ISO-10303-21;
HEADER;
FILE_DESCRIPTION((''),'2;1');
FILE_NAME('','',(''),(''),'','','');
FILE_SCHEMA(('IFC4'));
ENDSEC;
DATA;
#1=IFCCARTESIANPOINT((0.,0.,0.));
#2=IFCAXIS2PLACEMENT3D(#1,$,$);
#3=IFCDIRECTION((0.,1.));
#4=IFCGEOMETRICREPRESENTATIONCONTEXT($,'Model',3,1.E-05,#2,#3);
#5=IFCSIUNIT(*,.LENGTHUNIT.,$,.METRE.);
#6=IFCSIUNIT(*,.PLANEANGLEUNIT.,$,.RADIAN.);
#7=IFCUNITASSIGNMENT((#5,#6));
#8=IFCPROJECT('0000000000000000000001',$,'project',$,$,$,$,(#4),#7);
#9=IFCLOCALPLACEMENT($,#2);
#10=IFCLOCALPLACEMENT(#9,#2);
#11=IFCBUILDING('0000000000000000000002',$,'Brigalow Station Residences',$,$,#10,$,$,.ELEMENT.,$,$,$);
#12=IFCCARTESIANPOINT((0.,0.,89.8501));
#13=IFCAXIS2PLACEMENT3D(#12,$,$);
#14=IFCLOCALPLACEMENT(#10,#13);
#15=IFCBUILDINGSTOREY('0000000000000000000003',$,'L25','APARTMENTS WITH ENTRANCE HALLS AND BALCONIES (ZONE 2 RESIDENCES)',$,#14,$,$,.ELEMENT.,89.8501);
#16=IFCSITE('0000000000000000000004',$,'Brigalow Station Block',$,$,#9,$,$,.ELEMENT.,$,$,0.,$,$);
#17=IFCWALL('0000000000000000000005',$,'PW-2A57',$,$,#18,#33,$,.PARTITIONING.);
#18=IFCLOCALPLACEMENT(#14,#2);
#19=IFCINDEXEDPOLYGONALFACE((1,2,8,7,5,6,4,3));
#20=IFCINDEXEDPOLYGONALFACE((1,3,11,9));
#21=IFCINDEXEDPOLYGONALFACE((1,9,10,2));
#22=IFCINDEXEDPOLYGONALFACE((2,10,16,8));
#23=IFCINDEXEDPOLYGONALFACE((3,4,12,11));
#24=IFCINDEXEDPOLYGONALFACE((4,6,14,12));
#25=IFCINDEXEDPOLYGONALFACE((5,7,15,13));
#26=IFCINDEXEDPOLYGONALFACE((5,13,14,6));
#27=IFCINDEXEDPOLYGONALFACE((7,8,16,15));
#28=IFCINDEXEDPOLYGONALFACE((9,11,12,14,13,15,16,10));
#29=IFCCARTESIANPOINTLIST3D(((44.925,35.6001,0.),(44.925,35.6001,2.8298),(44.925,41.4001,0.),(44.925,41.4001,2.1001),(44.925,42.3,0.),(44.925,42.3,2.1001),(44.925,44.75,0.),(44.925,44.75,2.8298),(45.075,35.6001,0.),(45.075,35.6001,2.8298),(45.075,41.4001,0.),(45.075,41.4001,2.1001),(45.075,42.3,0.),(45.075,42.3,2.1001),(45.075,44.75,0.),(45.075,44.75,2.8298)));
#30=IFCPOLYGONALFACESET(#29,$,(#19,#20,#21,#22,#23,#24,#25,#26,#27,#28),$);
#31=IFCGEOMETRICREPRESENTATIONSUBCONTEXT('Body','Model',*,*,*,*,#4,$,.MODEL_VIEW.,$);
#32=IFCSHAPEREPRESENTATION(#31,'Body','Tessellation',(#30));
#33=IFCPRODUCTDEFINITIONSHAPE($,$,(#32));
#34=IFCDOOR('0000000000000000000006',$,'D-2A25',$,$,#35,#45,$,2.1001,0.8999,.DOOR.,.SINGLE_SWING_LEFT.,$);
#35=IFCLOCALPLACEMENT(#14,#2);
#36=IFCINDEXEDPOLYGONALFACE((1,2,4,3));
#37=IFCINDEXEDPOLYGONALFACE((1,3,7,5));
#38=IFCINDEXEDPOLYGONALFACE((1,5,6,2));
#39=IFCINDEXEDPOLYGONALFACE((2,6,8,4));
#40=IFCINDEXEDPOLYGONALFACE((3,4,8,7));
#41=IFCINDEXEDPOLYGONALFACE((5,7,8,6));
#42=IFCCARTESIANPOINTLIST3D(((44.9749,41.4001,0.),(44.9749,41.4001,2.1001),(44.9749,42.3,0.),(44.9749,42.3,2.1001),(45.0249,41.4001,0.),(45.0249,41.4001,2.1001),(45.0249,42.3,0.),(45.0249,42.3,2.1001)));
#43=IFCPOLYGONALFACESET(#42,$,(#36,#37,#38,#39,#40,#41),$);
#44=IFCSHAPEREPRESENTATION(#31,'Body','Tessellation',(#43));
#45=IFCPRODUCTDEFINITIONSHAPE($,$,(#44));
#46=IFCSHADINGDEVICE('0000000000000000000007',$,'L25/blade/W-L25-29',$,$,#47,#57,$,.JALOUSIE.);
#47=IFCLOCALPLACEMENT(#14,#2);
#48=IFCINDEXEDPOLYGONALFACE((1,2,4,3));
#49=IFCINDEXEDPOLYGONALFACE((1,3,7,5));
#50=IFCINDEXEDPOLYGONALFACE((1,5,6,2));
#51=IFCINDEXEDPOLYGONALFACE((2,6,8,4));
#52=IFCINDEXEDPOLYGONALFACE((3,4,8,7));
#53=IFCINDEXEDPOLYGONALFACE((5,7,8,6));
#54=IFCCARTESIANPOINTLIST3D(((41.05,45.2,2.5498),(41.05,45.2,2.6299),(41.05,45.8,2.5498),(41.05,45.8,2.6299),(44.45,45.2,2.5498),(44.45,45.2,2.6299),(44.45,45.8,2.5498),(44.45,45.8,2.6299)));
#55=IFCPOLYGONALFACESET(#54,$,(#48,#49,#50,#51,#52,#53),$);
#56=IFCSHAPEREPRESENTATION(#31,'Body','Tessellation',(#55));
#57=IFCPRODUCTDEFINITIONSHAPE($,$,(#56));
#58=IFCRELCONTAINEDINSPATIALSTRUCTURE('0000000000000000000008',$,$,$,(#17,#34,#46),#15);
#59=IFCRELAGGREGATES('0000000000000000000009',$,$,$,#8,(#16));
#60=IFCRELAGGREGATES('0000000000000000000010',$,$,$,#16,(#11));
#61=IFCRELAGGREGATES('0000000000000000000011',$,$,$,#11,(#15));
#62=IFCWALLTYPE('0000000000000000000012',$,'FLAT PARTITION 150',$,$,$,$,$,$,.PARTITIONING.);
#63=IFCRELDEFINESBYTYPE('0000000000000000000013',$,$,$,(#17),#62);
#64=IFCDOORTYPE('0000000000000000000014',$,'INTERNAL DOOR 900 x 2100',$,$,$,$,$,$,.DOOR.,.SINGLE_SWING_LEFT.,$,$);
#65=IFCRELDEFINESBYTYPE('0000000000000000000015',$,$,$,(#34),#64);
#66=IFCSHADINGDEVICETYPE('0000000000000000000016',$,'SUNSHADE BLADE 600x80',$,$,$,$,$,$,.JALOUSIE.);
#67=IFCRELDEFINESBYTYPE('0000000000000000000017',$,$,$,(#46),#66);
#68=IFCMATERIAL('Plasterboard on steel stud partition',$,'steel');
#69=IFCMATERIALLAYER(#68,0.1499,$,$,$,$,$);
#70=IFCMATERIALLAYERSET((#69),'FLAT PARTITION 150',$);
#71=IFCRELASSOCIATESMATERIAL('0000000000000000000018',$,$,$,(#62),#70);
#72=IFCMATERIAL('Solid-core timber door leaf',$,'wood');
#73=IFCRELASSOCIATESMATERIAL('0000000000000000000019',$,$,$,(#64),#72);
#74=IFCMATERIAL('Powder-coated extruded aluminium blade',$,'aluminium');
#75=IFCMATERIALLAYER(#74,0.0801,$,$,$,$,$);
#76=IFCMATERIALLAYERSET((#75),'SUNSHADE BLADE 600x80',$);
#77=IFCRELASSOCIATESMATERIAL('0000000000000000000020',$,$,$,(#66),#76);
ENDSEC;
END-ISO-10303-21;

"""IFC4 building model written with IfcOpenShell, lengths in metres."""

from ifc_helpers import new_model, si_unit, direction, frame, frame_2d, origin, origin_2d, place, context, subcontext, project, spatial, rectangle, extrude, material, layer, layer_set, type_object, element, fill, save


model = new_model("IFC4")

# Units and contexts
model_context = context("Model", 3, precision=1e-05, world=origin(), true_north=direction((0.0, 1.0)))
body_context = subcontext(model_context, "Body", "Model", "MODEL_VIEW")
ifc_project = project(units=[si_unit("LENGTHUNIT", "METRE"), si_unit("PLANEANGLEUNIT", "RADIAN")], contexts=[model_context])

# Site, building, storey
site_placement = place(None, origin())
site = spatial("IfcSite", under=ifc_project, at=site_placement, Name="Brigalow Station Block", CompositionType="ELEMENT", RefElevation=0.0)
building_placement = place(site_placement, origin())
building = spatial("IfcBuilding", under=site, at=building_placement, Name="Brigalow Station Residences", CompositionType="ELEMENT")
storey_placement = place(building_placement, frame((0.0, 0.0, 89.8501)))
storey = spatial("IfcBuildingStorey", under=building, at=storey_placement, Name="L25", Description="APARTMENTS WITH ENTRANCE HALLS AND BALCONIES (ZONE 2 RESIDENCES)", CompositionType="ELEMENT", Elevation=89.8501)

# Wall, opening, door
ifc_material_1 = material(Name="Plasterboard on steel stud partition", Category="steel")
ifc_layer_1 = layer(ifc_material_1, 0.1499)
ifc_layer_set_1 = layer_set([ifc_layer_1], Name="FLAT PARTITION 150")
wall_type_1 = type_object("IfcWallType", Name="FLAT PARTITION 150", PredefinedType="PARTITIONING", material=ifc_layer_set_1)
wall_1_placement = place(storey_placement, frame((45.0, 35.6001, 0.0), z_axis=(0.0, 0.0, 1.0), x_axis=(0.0, 1.0, 0.0)))
wall_1 = element("IfcWall", 1, at=wall_1_placement, inside=storey, type_object=wall_type_1, Name="PW-2A57", PredefinedType="PARTITIONING", context=body_context, shape_type="SweptSolid", body=[
    extrude(rectangle(XDim=9.1499, YDim=0.1499, at=frame_2d((4.575, 0.0))), origin(), (0.0, 0.0, 1.0), 2.8298),
])
opening_1_placement = place(wall_1_placement, frame((5.8, 0.0, 0.0)))
opening_1 = element("IfcOpeningElement", 2, at=opening_1_placement, cuts=wall_1, PredefinedType="OPENING", context=body_context, shape_type="SweptSolid", body=[
    extrude(rectangle(XDim=0.8999, YDim=2.1001, at=frame_2d((0.45, 1.05))), frame((0.0, 0.085, 0.0), z_axis=(0.0, -1.0, 0.0), x_axis=(1.0, 0.0, 0.0)), (0.0, 0.0, 1.0), 0.1699),
])
ifc_material_2 = material(Name="Solid-core timber door leaf", Category="wood")
door_type = type_object("IfcDoorType", Name="INTERNAL DOOR 900 x 2100", OperationType="SINGLE_SWING_LEFT", PredefinedType="DOOR", material=ifc_material_2)
door_placement = place(opening_1_placement, frame((0.8999, 0.0, 0.0), z_axis=(0.0, 0.0, 1.0), x_axis=(-1.0, 0.0, 0.0)))
door = element("IfcDoor", 3, at=door_placement, inside=storey, type_object=door_type, Name="D-2A25", OperationType="SINGLE_SWING_LEFT", OverallHeight=2.1001, OverallWidth=0.8999, PredefinedType="DOOR", context=body_context, shape_type="SweptSolid", body=[
    extrude(rectangle(XDim=0.8999, YDim=2.1001, at=frame_2d((0.45, 1.05))), frame((0.0, 0.0249, 0.0), z_axis=(0.0, -1.0, 0.0), x_axis=(1.0, 0.0, 0.0)), (0.0, 0.0, 1.0), 0.05),
])
fill(opening_1, door)

# Shading device
ifc_material_3 = material(Name="Powder-coated extruded aluminium blade", Category="aluminium")
ifc_layer_2 = layer(ifc_material_3, 0.0801)
ifc_layer_set_2 = layer_set([ifc_layer_2], Name="SUNSHADE BLADE 600x80")
shading_device_type = type_object("IfcShadingDeviceType", Name="SUNSHADE BLADE 600x80", PredefinedType="JALOUSIE", material=ifc_layer_set_2)
shading_device_placement = place(storey_placement, frame((42.75, 45.5, 2.5498), z_axis=(0.0, 0.0, 1.0), x_axis=(-1.0, 0.0, 0.0)))
element("IfcShadingDevice", 4, at=shading_device_placement, inside=storey, type_object=shading_device_type, Name="L25/blade/W-L25-29", PredefinedType="JALOUSIE", context=body_context, shape_type="SweptSolid", body=[
    extrude(rectangle(XDim=3.3999, YDim=0.6001, at=origin_2d()), origin(), (0.0, 0.0, 1.0), 0.0801),
])

save(model, "model.ifc")
